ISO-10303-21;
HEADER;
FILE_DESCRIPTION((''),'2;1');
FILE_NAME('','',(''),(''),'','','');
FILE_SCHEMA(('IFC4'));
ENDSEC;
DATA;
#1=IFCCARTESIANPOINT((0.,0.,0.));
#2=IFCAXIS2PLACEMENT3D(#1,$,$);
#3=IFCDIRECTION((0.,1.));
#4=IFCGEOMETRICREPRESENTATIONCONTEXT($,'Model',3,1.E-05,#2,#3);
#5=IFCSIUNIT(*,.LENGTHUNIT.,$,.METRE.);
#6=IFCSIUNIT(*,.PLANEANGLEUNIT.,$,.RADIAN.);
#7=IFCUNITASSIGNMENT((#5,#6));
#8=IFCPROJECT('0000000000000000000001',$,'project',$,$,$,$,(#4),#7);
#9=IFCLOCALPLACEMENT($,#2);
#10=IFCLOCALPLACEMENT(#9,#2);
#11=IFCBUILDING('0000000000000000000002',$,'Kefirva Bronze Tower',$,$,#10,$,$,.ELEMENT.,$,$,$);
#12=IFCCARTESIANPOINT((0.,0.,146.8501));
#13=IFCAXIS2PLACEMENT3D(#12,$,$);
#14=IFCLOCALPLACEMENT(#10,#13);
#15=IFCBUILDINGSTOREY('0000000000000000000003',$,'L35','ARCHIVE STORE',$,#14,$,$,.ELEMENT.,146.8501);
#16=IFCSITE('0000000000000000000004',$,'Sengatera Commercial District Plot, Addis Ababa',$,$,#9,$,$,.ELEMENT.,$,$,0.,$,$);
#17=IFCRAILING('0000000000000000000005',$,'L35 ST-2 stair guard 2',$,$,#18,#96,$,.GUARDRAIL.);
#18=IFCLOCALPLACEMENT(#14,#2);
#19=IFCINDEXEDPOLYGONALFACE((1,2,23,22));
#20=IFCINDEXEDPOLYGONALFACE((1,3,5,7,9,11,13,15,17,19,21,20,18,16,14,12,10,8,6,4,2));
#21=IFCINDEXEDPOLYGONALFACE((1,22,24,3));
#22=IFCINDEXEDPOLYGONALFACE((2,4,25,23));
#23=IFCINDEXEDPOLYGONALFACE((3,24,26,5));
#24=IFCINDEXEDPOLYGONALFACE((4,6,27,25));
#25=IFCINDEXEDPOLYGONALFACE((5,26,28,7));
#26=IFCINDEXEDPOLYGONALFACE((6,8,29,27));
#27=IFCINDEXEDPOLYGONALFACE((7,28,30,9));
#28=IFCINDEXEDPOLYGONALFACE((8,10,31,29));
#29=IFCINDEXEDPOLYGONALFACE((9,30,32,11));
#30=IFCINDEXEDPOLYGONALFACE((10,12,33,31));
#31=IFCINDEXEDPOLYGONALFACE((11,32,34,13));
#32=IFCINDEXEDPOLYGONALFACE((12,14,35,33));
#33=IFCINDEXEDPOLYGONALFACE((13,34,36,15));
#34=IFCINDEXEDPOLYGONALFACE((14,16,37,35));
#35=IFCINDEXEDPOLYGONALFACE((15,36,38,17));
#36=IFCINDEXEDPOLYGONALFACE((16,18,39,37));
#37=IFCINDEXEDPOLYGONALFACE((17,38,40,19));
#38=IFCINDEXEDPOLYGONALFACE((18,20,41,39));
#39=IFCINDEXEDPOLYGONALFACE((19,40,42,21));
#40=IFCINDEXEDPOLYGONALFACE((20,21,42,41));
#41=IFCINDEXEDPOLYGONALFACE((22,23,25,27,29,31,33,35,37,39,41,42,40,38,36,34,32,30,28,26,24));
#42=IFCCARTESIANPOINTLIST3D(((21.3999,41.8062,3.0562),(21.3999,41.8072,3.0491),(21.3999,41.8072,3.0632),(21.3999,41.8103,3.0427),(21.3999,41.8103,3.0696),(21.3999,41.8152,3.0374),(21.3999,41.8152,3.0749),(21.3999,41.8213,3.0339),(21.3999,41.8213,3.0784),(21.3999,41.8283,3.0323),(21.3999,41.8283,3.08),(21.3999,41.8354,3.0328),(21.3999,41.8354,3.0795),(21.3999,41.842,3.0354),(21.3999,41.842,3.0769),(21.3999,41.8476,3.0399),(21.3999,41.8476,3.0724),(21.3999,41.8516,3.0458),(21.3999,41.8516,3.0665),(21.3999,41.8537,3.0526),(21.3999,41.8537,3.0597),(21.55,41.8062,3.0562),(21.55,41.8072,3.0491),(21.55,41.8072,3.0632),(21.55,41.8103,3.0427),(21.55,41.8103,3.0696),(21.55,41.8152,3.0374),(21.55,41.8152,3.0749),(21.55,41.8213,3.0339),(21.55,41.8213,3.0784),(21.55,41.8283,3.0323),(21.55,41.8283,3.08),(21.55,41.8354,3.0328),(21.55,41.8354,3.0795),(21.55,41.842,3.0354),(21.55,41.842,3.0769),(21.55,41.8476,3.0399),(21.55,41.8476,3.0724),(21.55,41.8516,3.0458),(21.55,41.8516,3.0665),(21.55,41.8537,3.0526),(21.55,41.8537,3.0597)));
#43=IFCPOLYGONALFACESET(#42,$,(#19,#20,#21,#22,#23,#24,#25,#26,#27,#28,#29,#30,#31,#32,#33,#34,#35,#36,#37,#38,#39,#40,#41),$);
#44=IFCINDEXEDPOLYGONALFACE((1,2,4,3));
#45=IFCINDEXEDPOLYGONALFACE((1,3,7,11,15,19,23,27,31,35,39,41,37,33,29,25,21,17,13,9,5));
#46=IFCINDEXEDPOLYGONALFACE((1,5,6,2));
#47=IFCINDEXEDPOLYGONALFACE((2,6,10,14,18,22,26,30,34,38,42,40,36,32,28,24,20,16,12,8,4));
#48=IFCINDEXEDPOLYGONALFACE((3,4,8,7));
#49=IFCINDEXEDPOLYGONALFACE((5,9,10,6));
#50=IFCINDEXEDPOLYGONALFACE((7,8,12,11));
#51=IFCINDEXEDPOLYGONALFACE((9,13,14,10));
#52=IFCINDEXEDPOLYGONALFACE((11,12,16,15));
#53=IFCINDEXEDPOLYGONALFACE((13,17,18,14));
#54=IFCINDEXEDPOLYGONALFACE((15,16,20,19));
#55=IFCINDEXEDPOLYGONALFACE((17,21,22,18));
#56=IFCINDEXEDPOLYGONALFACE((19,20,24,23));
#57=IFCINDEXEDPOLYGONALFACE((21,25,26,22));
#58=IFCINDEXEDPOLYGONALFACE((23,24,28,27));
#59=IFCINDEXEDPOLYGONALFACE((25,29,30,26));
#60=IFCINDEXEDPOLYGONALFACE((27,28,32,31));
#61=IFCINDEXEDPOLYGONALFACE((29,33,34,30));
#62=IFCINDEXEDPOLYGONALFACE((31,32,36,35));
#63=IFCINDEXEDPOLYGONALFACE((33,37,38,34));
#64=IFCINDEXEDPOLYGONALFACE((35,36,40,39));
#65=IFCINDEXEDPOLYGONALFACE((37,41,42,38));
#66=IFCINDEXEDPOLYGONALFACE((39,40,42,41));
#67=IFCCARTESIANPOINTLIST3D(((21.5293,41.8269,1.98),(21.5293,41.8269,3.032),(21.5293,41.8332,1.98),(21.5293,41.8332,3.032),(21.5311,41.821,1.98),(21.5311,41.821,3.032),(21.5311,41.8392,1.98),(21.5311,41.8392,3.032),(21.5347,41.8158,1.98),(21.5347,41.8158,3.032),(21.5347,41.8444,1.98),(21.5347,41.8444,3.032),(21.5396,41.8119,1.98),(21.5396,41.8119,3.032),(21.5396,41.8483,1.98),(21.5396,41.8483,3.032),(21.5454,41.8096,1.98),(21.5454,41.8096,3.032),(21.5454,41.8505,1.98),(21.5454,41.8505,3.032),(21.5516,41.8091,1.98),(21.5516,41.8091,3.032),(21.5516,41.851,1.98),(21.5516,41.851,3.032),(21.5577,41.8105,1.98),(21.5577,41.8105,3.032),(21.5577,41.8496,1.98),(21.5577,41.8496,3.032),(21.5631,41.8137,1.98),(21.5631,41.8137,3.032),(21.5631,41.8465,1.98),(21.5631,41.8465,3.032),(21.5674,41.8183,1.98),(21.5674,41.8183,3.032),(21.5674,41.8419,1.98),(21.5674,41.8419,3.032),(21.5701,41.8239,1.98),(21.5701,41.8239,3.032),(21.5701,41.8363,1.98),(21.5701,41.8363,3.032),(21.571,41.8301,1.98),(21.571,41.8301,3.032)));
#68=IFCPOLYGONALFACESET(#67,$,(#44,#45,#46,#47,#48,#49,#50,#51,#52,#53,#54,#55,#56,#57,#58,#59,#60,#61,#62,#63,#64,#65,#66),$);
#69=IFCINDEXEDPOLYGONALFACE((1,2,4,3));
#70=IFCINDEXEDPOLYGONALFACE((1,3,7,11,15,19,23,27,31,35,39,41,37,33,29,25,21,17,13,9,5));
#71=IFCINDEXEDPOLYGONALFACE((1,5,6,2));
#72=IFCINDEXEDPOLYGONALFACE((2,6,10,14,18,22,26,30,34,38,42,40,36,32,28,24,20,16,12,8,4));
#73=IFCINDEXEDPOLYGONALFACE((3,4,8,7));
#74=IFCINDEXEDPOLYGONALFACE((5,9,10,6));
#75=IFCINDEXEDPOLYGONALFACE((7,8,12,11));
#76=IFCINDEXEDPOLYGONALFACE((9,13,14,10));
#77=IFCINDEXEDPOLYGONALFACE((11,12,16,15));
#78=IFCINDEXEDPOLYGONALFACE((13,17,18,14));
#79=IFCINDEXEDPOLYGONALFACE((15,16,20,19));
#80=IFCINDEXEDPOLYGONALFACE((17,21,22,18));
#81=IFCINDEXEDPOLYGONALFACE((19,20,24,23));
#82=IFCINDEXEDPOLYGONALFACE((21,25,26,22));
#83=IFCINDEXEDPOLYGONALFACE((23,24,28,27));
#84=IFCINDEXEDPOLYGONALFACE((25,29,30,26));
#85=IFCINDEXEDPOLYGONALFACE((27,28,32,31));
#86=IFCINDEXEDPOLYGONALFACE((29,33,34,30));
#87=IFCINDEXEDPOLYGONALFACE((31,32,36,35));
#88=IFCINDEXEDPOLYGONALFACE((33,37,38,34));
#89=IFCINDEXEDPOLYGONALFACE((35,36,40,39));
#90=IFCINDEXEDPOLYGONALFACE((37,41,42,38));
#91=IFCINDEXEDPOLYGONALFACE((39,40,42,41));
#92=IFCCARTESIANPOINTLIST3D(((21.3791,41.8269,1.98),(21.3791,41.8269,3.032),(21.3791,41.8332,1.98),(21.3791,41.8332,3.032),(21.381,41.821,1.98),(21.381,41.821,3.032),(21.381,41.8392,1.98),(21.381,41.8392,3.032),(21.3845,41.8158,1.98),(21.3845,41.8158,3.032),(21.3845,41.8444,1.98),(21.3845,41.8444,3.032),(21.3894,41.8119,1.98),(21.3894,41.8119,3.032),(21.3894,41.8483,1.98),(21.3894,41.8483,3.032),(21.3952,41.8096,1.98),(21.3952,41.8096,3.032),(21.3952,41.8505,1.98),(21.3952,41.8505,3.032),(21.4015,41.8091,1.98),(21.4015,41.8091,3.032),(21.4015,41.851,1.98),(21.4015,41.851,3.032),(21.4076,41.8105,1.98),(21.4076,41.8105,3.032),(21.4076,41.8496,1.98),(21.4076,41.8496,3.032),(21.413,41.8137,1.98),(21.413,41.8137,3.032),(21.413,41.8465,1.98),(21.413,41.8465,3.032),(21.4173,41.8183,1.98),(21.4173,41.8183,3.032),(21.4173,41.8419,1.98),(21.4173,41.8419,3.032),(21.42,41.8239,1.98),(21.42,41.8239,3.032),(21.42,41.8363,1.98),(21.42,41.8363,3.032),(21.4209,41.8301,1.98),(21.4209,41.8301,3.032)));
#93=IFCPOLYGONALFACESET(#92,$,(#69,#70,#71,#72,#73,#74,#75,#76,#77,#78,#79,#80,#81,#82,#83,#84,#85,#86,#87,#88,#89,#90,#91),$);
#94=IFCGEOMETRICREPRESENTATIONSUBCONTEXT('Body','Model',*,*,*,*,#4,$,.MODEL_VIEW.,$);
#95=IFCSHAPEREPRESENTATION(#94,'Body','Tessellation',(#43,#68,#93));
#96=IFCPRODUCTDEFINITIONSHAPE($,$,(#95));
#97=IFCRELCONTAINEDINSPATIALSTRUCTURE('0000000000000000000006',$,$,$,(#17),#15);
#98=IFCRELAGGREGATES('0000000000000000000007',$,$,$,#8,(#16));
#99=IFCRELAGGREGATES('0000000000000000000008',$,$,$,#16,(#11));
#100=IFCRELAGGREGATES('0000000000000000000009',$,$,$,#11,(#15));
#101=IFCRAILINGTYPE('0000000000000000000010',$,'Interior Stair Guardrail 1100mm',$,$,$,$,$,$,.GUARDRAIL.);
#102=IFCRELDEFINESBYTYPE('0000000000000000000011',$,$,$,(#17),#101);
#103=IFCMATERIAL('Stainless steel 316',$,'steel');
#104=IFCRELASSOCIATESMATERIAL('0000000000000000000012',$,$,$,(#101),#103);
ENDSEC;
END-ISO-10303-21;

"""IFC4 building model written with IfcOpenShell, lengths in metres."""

from ifc_helpers import new_model, si_unit, direction, frame, origin, origin_2d, place, context, subcontext, project, spatial, circle, extrude, material, type_object, element, save


model = new_model("IFC4")

# Units and contexts
model_context = context("Model", 3, precision=1e-05, world=origin(), true_north=direction((0.0, 1.0)))
body_context = subcontext(model_context, "Body", "Model", "MODEL_VIEW")
ifc_project = project(units=[si_unit("LENGTHUNIT", "METRE"), si_unit("PLANEANGLEUNIT", "RADIAN")], contexts=[model_context])

# Site, building, storey
site_placement = place(None, origin())
site = spatial("IfcSite", under=ifc_project, at=site_placement, Name="Sengatera Commercial District Plot, Addis Ababa", CompositionType="ELEMENT", RefElevation=0.0)
building_placement = place(site_placement, origin())
building = spatial("IfcBuilding", under=site, at=building_placement, Name="Kefirva Bronze Tower", CompositionType="ELEMENT")
storey_placement = place(building_placement, frame((0.0, 0.0, 146.8501)))
storey = spatial("IfcBuildingStorey", under=building, at=storey_placement, Name="L35", Description="ARCHIVE STORE", CompositionType="ELEMENT", Elevation=146.8501)

# Railing
ifc_material_1 = material(Name="Stainless steel 316", Category="steel")
railing_type_1 = type_object("IfcRailingType", Name="Interior Stair Guardrail 1100mm", PredefinedType="GUARDRAIL", material=ifc_material_1)
railing_1_placement = place(storey_placement, frame((21.55, 41.8301, 1.98)))
element("IfcRailing", 1, at=railing_1_placement, inside=storey, type_object=railing_type_1, Name="L35 ST-2 stair guard 2", PredefinedType="GUARDRAIL", context=body_context, shape_type="SweptSolid", body=[
    extrude(circle(Radius=0.0239, at=origin_2d()), frame((0.0, 0.0, 1.0762), z_axis=(-1.0, 0.0, 0.0), x_axis=(0.0, -1.0, 0.0)), (0.0, 0.0, 1.0), 0.1501),
    extrude(circle(Radius=0.021, at=origin_2d()), origin(), (0.0, 0.0, 1.0), 1.052),
    extrude(circle(Radius=0.021, at=origin_2d()), frame((-0.1501, 0.0, 0.0)), (0.0, 0.0, 1.0), 1.052),
])

save(model, "model.ifc")
